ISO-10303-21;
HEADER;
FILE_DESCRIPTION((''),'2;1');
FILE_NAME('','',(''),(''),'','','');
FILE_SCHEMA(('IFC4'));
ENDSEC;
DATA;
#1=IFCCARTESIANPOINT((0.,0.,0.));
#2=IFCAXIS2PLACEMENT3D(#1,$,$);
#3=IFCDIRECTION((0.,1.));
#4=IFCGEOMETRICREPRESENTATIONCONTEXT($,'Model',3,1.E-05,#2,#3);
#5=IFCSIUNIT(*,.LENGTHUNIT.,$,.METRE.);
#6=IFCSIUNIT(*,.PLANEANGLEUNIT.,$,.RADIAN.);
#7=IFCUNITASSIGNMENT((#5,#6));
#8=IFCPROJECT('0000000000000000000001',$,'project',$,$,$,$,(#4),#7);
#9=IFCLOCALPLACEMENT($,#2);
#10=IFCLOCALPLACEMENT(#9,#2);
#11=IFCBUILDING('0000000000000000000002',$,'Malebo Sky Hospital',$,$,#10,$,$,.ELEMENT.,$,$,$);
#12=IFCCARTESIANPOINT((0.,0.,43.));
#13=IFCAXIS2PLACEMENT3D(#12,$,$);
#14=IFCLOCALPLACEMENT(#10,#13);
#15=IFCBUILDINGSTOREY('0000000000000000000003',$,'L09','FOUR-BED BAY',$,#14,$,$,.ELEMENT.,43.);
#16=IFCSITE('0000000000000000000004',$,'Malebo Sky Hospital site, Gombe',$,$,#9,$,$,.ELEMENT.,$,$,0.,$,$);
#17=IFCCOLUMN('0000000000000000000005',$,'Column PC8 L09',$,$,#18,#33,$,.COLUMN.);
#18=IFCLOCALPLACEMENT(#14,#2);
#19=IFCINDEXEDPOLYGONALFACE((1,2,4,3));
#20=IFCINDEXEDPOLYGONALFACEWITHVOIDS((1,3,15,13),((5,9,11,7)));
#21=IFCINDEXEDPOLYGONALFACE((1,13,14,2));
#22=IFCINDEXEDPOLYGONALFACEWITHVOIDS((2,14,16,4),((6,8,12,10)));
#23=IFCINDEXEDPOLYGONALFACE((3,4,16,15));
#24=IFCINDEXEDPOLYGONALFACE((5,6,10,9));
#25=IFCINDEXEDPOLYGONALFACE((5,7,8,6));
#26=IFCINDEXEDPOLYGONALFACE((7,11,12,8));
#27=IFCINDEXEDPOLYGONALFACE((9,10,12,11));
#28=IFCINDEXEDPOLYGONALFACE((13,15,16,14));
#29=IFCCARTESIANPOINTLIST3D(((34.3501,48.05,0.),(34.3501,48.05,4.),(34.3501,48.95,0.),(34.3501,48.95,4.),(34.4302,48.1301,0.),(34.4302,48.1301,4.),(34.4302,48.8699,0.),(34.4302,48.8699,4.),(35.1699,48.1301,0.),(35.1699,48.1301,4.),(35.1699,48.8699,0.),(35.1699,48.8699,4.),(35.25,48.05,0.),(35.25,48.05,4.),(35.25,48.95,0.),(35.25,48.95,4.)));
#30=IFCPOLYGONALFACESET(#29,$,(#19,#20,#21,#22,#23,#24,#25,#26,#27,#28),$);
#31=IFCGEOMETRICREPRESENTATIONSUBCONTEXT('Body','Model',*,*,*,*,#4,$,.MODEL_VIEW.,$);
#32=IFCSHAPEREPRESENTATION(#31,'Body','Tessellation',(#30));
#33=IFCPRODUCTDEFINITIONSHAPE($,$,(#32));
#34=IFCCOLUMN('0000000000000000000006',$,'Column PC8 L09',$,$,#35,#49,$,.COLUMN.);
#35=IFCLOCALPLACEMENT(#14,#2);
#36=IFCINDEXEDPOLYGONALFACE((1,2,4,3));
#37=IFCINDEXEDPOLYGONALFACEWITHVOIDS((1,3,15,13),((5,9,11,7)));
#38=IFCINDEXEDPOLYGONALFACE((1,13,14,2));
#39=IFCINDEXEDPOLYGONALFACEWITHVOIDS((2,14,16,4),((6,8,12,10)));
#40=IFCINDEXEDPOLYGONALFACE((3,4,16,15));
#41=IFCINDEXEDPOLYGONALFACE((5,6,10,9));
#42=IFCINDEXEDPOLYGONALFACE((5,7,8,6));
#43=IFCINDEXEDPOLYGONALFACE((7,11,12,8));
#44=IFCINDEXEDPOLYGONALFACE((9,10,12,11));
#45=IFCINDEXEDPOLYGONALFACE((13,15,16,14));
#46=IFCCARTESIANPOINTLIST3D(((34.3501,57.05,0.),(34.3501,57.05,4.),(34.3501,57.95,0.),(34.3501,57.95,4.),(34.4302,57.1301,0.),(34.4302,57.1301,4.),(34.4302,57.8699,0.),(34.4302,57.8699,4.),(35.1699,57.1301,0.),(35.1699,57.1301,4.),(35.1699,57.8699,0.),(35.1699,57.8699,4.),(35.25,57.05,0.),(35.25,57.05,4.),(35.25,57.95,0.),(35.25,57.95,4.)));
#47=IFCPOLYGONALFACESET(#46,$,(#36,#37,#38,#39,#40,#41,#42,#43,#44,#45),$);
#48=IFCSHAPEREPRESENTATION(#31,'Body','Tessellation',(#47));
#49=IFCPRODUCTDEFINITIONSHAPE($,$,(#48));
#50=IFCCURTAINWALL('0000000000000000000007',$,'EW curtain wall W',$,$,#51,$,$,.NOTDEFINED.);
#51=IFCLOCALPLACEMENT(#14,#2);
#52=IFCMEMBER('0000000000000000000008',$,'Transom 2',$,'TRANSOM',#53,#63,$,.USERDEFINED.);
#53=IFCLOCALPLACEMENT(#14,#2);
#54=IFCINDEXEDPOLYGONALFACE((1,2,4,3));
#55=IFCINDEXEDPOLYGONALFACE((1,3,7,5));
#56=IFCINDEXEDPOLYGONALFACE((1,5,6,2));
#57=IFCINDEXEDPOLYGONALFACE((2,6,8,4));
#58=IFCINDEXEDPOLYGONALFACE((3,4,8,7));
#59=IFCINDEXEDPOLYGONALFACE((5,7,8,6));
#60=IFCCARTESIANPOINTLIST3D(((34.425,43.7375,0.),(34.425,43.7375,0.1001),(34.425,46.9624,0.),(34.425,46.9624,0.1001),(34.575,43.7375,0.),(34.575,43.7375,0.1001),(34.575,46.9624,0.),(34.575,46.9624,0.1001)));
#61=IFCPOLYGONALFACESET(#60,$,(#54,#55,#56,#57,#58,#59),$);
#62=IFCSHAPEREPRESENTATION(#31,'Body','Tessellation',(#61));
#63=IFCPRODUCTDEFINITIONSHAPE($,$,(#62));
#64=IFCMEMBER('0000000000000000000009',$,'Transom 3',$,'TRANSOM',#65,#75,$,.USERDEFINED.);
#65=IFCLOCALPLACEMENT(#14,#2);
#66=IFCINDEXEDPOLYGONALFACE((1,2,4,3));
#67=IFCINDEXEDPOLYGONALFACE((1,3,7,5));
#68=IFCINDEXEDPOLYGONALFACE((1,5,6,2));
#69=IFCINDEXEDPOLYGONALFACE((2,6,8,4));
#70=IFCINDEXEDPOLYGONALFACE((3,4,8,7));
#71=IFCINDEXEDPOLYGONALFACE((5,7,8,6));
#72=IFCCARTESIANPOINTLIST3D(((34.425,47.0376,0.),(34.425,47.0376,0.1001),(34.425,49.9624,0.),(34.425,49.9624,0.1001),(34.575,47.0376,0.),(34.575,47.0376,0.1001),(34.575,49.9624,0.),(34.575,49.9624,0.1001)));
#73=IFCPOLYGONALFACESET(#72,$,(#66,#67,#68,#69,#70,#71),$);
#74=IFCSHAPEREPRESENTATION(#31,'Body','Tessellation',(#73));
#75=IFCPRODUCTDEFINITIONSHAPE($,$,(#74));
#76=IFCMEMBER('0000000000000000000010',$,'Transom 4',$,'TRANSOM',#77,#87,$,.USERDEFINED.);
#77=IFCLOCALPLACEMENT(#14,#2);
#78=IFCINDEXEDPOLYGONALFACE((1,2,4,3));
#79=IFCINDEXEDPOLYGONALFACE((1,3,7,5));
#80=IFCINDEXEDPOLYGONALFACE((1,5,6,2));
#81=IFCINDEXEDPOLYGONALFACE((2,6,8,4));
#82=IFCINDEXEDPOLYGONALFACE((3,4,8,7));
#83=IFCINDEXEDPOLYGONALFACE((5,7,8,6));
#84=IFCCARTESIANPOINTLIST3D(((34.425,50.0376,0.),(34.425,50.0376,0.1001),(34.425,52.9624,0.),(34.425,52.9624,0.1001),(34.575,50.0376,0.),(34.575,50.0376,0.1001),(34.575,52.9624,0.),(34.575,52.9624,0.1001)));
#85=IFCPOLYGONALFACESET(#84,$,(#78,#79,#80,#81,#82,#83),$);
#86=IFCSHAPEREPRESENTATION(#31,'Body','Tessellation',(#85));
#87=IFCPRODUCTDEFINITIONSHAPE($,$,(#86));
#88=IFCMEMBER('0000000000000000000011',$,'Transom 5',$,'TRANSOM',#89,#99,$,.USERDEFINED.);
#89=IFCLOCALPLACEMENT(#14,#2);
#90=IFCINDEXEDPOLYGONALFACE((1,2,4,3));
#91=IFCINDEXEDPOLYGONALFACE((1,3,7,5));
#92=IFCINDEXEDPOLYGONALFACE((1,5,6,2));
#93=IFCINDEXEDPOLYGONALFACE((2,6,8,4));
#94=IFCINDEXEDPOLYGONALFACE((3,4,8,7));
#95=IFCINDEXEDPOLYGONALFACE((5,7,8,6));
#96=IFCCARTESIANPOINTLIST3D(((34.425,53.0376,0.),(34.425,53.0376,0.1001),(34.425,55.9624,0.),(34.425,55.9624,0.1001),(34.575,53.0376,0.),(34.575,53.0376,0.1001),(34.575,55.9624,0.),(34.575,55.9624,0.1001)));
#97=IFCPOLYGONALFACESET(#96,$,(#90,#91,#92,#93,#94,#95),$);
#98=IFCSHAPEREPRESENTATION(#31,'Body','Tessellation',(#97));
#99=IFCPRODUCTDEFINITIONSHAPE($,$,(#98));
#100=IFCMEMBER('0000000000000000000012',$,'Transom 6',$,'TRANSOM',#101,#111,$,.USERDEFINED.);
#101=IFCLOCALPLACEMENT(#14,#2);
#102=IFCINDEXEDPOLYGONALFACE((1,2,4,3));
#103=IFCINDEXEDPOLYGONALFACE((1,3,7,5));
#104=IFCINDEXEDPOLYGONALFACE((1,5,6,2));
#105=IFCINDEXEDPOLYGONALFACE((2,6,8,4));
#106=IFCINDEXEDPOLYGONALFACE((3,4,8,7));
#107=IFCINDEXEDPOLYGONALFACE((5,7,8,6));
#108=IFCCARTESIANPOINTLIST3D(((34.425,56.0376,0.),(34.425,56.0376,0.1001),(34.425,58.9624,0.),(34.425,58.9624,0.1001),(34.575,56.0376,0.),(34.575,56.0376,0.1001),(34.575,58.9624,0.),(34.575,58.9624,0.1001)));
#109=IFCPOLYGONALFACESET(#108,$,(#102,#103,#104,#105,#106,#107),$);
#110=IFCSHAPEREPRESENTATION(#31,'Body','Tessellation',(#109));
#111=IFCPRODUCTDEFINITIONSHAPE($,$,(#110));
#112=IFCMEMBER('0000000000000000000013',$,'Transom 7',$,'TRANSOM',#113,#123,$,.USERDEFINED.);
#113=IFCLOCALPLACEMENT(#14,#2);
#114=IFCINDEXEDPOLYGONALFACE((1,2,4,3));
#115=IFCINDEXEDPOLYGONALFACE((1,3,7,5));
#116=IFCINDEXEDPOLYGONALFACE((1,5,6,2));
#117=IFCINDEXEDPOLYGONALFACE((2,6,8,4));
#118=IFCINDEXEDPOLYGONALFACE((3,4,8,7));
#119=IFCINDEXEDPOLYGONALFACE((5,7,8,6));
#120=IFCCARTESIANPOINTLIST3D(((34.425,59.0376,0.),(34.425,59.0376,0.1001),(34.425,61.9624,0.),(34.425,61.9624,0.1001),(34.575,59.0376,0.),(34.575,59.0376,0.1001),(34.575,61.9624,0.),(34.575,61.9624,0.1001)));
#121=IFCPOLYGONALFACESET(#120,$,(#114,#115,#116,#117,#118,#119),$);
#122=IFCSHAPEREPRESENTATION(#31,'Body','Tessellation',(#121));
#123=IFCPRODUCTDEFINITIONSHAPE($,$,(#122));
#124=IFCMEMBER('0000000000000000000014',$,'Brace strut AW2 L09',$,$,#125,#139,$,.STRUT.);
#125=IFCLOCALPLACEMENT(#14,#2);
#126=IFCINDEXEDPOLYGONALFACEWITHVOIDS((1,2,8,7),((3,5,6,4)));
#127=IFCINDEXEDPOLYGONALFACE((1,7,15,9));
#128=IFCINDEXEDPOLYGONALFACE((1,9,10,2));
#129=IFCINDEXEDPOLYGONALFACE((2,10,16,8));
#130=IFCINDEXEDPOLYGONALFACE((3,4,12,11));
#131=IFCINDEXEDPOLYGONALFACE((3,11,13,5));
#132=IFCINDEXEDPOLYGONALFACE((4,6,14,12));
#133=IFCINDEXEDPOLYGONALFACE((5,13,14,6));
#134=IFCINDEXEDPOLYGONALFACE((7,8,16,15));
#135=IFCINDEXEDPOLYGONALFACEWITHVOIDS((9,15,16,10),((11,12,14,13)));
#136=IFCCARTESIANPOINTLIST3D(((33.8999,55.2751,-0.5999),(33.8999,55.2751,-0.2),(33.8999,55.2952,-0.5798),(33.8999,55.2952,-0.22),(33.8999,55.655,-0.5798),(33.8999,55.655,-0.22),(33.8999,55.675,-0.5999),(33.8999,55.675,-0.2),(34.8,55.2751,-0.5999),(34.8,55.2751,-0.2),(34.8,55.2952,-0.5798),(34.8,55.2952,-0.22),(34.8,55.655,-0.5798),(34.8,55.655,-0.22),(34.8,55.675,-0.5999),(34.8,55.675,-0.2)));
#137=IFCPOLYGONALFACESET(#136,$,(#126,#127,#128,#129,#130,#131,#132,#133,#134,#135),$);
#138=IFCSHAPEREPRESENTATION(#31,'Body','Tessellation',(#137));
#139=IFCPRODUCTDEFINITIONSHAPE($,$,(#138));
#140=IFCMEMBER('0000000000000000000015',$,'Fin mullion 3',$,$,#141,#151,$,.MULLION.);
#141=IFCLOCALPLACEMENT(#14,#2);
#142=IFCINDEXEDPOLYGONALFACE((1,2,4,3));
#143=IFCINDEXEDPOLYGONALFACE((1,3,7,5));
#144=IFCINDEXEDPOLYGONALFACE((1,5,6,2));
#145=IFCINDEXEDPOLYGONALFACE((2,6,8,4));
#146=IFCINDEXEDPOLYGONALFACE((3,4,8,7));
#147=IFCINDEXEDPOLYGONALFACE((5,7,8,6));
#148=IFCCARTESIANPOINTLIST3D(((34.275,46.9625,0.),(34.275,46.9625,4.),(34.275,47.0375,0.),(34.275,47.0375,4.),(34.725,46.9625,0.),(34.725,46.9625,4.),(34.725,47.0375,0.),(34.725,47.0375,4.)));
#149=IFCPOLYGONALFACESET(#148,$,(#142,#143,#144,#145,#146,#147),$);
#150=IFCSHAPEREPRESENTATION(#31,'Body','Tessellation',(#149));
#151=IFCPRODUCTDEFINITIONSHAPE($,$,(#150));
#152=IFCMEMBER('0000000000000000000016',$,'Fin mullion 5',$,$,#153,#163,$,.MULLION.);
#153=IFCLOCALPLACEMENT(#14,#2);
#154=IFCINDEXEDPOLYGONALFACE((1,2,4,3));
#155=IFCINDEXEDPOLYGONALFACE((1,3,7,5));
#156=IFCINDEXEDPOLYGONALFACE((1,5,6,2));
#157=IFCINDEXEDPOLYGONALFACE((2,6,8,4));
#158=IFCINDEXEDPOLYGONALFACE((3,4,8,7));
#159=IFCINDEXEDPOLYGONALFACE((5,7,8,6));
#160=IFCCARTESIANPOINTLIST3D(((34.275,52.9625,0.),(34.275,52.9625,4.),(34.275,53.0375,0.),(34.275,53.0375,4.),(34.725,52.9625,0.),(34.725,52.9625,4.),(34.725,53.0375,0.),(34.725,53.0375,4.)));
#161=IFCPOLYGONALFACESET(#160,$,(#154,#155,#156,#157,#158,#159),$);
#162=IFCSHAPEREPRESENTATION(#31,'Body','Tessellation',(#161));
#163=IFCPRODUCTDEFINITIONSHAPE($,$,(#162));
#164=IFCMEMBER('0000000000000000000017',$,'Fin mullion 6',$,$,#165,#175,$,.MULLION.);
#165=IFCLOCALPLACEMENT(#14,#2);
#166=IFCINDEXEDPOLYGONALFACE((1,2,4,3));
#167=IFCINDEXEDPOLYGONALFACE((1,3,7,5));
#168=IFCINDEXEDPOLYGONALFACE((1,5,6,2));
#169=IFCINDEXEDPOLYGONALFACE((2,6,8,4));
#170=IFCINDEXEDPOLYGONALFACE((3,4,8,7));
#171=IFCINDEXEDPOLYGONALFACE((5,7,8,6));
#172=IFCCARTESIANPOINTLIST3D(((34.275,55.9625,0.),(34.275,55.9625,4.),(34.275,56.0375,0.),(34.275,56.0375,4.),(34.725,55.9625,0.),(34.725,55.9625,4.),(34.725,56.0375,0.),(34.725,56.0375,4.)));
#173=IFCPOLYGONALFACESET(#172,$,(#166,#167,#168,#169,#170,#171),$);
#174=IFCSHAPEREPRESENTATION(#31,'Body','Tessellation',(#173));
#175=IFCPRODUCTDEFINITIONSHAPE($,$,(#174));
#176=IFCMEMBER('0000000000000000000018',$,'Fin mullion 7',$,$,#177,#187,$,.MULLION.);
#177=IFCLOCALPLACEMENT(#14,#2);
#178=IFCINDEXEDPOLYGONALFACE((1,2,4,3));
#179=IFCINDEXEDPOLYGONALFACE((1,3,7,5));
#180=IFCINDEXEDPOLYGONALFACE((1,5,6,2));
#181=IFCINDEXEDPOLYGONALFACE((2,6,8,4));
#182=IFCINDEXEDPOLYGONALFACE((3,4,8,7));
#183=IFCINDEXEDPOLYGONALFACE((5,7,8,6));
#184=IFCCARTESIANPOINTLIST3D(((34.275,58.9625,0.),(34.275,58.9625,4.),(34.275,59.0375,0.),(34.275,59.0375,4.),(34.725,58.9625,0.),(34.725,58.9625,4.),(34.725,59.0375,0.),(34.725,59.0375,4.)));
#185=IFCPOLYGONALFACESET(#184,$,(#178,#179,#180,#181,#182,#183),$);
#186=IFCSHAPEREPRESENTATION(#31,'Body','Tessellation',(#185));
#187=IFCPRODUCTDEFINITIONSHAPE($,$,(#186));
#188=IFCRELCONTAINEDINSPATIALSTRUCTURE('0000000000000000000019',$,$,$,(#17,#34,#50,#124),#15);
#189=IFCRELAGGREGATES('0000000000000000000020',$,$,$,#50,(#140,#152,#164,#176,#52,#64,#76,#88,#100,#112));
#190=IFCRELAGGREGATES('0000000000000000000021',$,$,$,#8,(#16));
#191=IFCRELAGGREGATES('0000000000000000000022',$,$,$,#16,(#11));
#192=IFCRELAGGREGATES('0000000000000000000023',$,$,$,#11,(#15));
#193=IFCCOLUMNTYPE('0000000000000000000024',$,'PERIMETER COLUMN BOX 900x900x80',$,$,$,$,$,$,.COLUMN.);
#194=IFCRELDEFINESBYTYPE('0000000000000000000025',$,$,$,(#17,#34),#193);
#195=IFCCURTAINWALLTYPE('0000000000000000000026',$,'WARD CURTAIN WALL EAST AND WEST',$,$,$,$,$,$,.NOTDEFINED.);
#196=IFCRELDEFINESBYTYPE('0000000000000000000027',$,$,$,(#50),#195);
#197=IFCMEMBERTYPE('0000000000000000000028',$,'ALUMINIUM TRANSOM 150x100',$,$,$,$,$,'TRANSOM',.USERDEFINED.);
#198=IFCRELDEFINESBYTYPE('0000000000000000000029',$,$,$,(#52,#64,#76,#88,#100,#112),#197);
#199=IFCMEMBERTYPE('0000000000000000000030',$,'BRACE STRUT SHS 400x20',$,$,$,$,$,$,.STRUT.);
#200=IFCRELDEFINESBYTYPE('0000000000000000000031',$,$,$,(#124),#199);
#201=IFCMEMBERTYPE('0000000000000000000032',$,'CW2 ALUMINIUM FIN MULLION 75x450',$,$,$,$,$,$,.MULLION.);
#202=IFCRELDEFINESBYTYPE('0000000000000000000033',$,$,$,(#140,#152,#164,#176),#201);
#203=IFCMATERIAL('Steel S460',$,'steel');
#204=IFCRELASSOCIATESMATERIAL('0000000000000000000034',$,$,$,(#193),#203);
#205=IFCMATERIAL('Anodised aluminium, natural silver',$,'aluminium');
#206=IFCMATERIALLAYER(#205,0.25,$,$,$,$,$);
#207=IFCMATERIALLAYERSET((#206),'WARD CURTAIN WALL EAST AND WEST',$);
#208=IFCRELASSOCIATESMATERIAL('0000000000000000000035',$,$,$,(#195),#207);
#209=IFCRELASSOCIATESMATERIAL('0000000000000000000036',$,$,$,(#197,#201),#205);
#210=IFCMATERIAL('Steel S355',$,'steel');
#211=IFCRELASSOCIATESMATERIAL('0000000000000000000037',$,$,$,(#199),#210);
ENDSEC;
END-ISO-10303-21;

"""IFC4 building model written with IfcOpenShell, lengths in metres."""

from ifc_helpers import new_model, si_unit, direction, frame, origin, origin_2d, place, context, subcontext, project, spatial, rectangle, hollow_rectangle, extrude, material, layer, layer_set, material_profile, profile_set, type_object, element, aggregate, save


model = new_model("IFC4")

# Units and contexts
model_context = context("Model", 3, precision=1e-05, world=origin(), true_north=direction((0.0, 1.0)))
body_context = subcontext(model_context, "Body", "Model", "MODEL_VIEW")
ifc_project = project(units=[si_unit("LENGTHUNIT", "METRE"), si_unit("PLANEANGLEUNIT", "RADIAN")], contexts=[model_context])

# Site, building, storey
site_placement = place(None, origin())
site = spatial("IfcSite", under=ifc_project, at=site_placement, Name="Malebo Sky Hospital site, Gombe", CompositionType="ELEMENT", RefElevation=0.0)
building_placement = place(site_placement, origin())
building = spatial("IfcBuilding", under=site, at=building_placement, Name="Malebo Sky Hospital", CompositionType="ELEMENT")
storey_placement = place(building_placement, frame((0.0, 0.0, 43.0)))
storey = spatial("IfcBuildingStorey", under=building, at=storey_placement, Name="L09", Description="FOUR-BED BAY", CompositionType="ELEMENT", Elevation=43.0)

# Columns
ifc_material_1 = material(Name="Steel S460", Category="steel")
ifc_material_profile_1 = material_profile(ifc_material_1, hollow_rectangle(XDim=0.8999, YDim=0.8999, WallThickness=0.0801, at=origin_2d()), Name="BOX 900x900x80")
ifc_profile_set_1 = profile_set([ifc_material_profile_1], Name="Steel S460")
column_type = type_object("IfcColumnType", Name="PERIMETER COLUMN BOX 900x900x80", PredefinedType="COLUMN", material=ifc_profile_set_1)
for number, where, z_axis, x_axis, name in (
    (1, (34.8, 48.5, 0.0), (0.0, 0.0, 1.0), (1.0, 0.0, 0.0), "Column PC8 L09"),
    (2, (34.8, 57.5, 0.0), (0.0, 0.0, 1.0), (1.0, 0.0, 0.0), "Column PC8 L09"),
):
    element("IfcColumn", number, at=place(storey_placement, frame(where, z_axis=z_axis, x_axis=x_axis)), inside=storey, type_object=column_type, Name=name, PredefinedType="COLUMN", context=body_context, shape_type="SweptSolid", body=[
        extrude(hollow_rectangle(XDim=0.8999, YDim=0.8999, WallThickness=0.0801, at=origin_2d()), origin(), (0.0, 0.0, 1.0), 4.0),
    ])

# Curtain wall, members
ifc_material_2 = material(Name="Anodised aluminium, natural silver", Category="aluminium")
ifc_layer_1 = layer(ifc_material_2, 0.25)
ifc_layer_set_1 = layer_set([ifc_layer_1], Name="WARD CURTAIN WALL EAST AND WEST")
curtain_wall_type = type_object("IfcCurtainWallType", Name="WARD CURTAIN WALL EAST AND WEST", PredefinedType="NOTDEFINED", material=ifc_layer_set_1)
curtain_wall_placement = place(storey_placement, origin())
curtain_wall = element("IfcCurtainWall", 3, at=curtain_wall_placement, inside=storey, type_object=curtain_wall_type, Name="EW curtain wall W", PredefinedType="NOTDEFINED")
ifc_material_profile_2 = material_profile(ifc_material_2, rectangle(XDim=0.1499, YDim=0.1001, at=origin_2d()), Name="ALUMINIUM TRANSOM 150x100")
ifc_profile_set_2 = profile_set([ifc_material_profile_2], Name="Anodised aluminium, natural silver")
member_type_1 = type_object("IfcMemberType", Name="ALUMINIUM TRANSOM 150x100", ElementType="TRANSOM", PredefinedType="USERDEFINED", material=ifc_profile_set_2)
member_1_placement = place(storey_placement, frame((34.5, 43.7375, 0.05), z_axis=(0.0, 1.0, 0.0), x_axis=(-1.0, 0.0, 0.0)))
member_1 = element("IfcMember", 4, at=member_1_placement, type_object=member_type_1, Name="Transom 2", ObjectType="TRANSOM", PredefinedType="USERDEFINED", context=body_context, shape_type="SweptSolid", body=[
    extrude(rectangle(XDim=0.1499, YDim=0.1001, at=origin_2d()), origin(), (0.0, 0.0, 1.0), 3.2249),
])
member_2_placement = place(storey_placement, frame((34.5, 47.0376, 0.05), z_axis=(0.0, 1.0, 0.0), x_axis=(-1.0, 0.0, 0.0)))
member_2 = element("IfcMember", 5, at=member_2_placement, type_object=member_type_1, Name="Transom 3", ObjectType="TRANSOM", PredefinedType="USERDEFINED", context=body_context, shape_type="SweptSolid", body=[
    extrude(rectangle(XDim=0.1499, YDim=0.1001, at=origin_2d()), origin(), (0.0, 0.0, 1.0), 2.9248),
])
member_3_placement = place(storey_placement, frame((34.5, 50.0376, 0.05), z_axis=(0.0, 1.0, 0.0), x_axis=(-1.0, 0.0, 0.0)))
member_3 = element("IfcMember", 6, at=member_3_placement, type_object=member_type_1, Name="Transom 4", ObjectType="TRANSOM", PredefinedType="USERDEFINED", context=body_context, shape_type="SweptSolid", body=[
    extrude(rectangle(XDim=0.1499, YDim=0.1001, at=origin_2d()), origin(), (0.0, 0.0, 1.0), 2.9248),
])
member_4_placement = place(storey_placement, frame((34.5, 53.0376, 0.05), z_axis=(0.0, 1.0, 0.0), x_axis=(-1.0, 0.0, 0.0)))
member_4 = element("IfcMember", 7, at=member_4_placement, type_object=member_type_1, Name="Transom 5", ObjectType="TRANSOM", PredefinedType="USERDEFINED", context=body_context, shape_type="SweptSolid", body=[
    extrude(rectangle(XDim=0.1499, YDim=0.1001, at=origin_2d()), origin(), (0.0, 0.0, 1.0), 2.9248),
])
member_5_placement = place(storey_placement, frame((34.5, 56.0376, 0.05), z_axis=(0.0, 1.0, 0.0), x_axis=(-1.0, 0.0, 0.0)))
member_5 = element("IfcMember", 8, at=member_5_placement, type_object=member_type_1, Name="Transom 6", ObjectType="TRANSOM", PredefinedType="USERDEFINED", context=body_context, shape_type="SweptSolid", body=[
    extrude(rectangle(XDim=0.1499, YDim=0.1001, at=origin_2d()), origin(), (0.0, 0.0, 1.0), 2.9248),
])
member_6_placement = place(storey_placement, frame((34.5, 59.0376, 0.05), z_axis=(0.0, 1.0, 0.0), x_axis=(-1.0, 0.0, 0.0)))
member_6 = element("IfcMember", 9, at=member_6_placement, type_object=member_type_1, Name="Transom 7", ObjectType="TRANSOM", PredefinedType="USERDEFINED", context=body_context, shape_type="SweptSolid", body=[
    extrude(rectangle(XDim=0.1499, YDim=0.1001, at=origin_2d()), origin(), (0.0, 0.0, 1.0), 2.9248),
])

# Members
ifc_material_3 = material(Name="Steel S355", Category="steel")
ifc_material_profile_3 = material_profile(ifc_material_3, hollow_rectangle(XDim=0.3999, YDim=0.3999, WallThickness=0.02, at=origin_2d()), Name="SHS 400x20")
ifc_profile_set_3 = profile_set([ifc_material_profile_3], Name="Steel S355")
member_type_2 = type_object("IfcMemberType", Name="BRACE STRUT SHS 400x20", PredefinedType="STRUT", material=ifc_profile_set_3)
member_7_placement = place(storey_placement, frame((33.8999, 55.4751, -0.3999), z_axis=(1.0, 0.0, 0.0), x_axis=(0.0, 1.0, 0.0)))
element("IfcMember", 10, at=member_7_placement, inside=storey, type_object=member_type_2, Name="Brace strut AW2 L09", PredefinedType="STRUT", context=body_context, shape_type="SweptSolid", body=[
    extrude(hollow_rectangle(XDim=0.3999, YDim=0.3999, WallThickness=0.02, at=origin_2d()), origin(), (0.0, 0.0, 1.0), 0.9001),
])
ifc_material_profile_4 = material_profile(ifc_material_2, rectangle(XDim=0.075, YDim=0.45, at=origin_2d()), Name="CW2 ALUMINIUM FIN MULLION 75x450")
ifc_profile_set_4 = profile_set([ifc_material_profile_4], Name="Anodised aluminium, natural silver")
member_type_3 = type_object("IfcMemberType", Name="CW2 ALUMINIUM FIN MULLION 75x450", PredefinedType="MULLION", material=ifc_profile_set_4)
member_8_placement = place(storey_placement, frame((34.5, 47.0, 0.0), z_axis=(0.0, 0.0, 1.0), x_axis=(0.0, 1.0, 0.0)))
member_8 = element("IfcMember", 11, at=member_8_placement, type_object=member_type_3, Name="Fin mullion 3", PredefinedType="MULLION", context=body_context, shape_type="SweptSolid", body=[
    extrude(rectangle(XDim=0.075, YDim=0.45, at=origin_2d()), origin(), (0.0, 0.0, 1.0), 4.0),
])
member_9_placement = place(storey_placement, frame((34.5, 53.0, 0.0), z_axis=(0.0, 0.0, 1.0), x_axis=(0.0, 1.0, 0.0)))
member_9 = element("IfcMember", 12, at=member_9_placement, type_object=member_type_3, Name="Fin mullion 5", PredefinedType="MULLION", context=body_context, shape_type="SweptSolid", body=[
    extrude(rectangle(XDim=0.075, YDim=0.45, at=origin_2d()), origin(), (0.0, 0.0, 1.0), 4.0),
])
member_10_placement = place(storey_placement, frame((34.5, 56.0, 0.0), z_axis=(0.0, 0.0, 1.0), x_axis=(0.0, 1.0, 0.0)))
member_10 = element("IfcMember", 13, at=member_10_placement, type_object=member_type_3, Name="Fin mullion 6", PredefinedType="MULLION", context=body_context, shape_type="SweptSolid", body=[
    extrude(rectangle(XDim=0.075, YDim=0.45, at=origin_2d()), origin(), (0.0, 0.0, 1.0), 4.0),
])
member_11_placement = place(storey_placement, frame((34.5, 59.0, 0.0), z_axis=(0.0, 0.0, 1.0), x_axis=(0.0, 1.0, 0.0)))
member_11 = element("IfcMember", 14, at=member_11_placement, type_object=member_type_3, Name="Fin mullion 7", PredefinedType="MULLION", context=body_context, shape_type="SweptSolid", body=[
    extrude(rectangle(XDim=0.075, YDim=0.45, at=origin_2d()), origin(), (0.0, 0.0, 1.0), 4.0),
])

aggregate(curtain_wall, [member_8, member_9, member_10, member_11, member_1, member_2, member_3, member_4, member_5, member_6])

save(model, "model.ifc")
